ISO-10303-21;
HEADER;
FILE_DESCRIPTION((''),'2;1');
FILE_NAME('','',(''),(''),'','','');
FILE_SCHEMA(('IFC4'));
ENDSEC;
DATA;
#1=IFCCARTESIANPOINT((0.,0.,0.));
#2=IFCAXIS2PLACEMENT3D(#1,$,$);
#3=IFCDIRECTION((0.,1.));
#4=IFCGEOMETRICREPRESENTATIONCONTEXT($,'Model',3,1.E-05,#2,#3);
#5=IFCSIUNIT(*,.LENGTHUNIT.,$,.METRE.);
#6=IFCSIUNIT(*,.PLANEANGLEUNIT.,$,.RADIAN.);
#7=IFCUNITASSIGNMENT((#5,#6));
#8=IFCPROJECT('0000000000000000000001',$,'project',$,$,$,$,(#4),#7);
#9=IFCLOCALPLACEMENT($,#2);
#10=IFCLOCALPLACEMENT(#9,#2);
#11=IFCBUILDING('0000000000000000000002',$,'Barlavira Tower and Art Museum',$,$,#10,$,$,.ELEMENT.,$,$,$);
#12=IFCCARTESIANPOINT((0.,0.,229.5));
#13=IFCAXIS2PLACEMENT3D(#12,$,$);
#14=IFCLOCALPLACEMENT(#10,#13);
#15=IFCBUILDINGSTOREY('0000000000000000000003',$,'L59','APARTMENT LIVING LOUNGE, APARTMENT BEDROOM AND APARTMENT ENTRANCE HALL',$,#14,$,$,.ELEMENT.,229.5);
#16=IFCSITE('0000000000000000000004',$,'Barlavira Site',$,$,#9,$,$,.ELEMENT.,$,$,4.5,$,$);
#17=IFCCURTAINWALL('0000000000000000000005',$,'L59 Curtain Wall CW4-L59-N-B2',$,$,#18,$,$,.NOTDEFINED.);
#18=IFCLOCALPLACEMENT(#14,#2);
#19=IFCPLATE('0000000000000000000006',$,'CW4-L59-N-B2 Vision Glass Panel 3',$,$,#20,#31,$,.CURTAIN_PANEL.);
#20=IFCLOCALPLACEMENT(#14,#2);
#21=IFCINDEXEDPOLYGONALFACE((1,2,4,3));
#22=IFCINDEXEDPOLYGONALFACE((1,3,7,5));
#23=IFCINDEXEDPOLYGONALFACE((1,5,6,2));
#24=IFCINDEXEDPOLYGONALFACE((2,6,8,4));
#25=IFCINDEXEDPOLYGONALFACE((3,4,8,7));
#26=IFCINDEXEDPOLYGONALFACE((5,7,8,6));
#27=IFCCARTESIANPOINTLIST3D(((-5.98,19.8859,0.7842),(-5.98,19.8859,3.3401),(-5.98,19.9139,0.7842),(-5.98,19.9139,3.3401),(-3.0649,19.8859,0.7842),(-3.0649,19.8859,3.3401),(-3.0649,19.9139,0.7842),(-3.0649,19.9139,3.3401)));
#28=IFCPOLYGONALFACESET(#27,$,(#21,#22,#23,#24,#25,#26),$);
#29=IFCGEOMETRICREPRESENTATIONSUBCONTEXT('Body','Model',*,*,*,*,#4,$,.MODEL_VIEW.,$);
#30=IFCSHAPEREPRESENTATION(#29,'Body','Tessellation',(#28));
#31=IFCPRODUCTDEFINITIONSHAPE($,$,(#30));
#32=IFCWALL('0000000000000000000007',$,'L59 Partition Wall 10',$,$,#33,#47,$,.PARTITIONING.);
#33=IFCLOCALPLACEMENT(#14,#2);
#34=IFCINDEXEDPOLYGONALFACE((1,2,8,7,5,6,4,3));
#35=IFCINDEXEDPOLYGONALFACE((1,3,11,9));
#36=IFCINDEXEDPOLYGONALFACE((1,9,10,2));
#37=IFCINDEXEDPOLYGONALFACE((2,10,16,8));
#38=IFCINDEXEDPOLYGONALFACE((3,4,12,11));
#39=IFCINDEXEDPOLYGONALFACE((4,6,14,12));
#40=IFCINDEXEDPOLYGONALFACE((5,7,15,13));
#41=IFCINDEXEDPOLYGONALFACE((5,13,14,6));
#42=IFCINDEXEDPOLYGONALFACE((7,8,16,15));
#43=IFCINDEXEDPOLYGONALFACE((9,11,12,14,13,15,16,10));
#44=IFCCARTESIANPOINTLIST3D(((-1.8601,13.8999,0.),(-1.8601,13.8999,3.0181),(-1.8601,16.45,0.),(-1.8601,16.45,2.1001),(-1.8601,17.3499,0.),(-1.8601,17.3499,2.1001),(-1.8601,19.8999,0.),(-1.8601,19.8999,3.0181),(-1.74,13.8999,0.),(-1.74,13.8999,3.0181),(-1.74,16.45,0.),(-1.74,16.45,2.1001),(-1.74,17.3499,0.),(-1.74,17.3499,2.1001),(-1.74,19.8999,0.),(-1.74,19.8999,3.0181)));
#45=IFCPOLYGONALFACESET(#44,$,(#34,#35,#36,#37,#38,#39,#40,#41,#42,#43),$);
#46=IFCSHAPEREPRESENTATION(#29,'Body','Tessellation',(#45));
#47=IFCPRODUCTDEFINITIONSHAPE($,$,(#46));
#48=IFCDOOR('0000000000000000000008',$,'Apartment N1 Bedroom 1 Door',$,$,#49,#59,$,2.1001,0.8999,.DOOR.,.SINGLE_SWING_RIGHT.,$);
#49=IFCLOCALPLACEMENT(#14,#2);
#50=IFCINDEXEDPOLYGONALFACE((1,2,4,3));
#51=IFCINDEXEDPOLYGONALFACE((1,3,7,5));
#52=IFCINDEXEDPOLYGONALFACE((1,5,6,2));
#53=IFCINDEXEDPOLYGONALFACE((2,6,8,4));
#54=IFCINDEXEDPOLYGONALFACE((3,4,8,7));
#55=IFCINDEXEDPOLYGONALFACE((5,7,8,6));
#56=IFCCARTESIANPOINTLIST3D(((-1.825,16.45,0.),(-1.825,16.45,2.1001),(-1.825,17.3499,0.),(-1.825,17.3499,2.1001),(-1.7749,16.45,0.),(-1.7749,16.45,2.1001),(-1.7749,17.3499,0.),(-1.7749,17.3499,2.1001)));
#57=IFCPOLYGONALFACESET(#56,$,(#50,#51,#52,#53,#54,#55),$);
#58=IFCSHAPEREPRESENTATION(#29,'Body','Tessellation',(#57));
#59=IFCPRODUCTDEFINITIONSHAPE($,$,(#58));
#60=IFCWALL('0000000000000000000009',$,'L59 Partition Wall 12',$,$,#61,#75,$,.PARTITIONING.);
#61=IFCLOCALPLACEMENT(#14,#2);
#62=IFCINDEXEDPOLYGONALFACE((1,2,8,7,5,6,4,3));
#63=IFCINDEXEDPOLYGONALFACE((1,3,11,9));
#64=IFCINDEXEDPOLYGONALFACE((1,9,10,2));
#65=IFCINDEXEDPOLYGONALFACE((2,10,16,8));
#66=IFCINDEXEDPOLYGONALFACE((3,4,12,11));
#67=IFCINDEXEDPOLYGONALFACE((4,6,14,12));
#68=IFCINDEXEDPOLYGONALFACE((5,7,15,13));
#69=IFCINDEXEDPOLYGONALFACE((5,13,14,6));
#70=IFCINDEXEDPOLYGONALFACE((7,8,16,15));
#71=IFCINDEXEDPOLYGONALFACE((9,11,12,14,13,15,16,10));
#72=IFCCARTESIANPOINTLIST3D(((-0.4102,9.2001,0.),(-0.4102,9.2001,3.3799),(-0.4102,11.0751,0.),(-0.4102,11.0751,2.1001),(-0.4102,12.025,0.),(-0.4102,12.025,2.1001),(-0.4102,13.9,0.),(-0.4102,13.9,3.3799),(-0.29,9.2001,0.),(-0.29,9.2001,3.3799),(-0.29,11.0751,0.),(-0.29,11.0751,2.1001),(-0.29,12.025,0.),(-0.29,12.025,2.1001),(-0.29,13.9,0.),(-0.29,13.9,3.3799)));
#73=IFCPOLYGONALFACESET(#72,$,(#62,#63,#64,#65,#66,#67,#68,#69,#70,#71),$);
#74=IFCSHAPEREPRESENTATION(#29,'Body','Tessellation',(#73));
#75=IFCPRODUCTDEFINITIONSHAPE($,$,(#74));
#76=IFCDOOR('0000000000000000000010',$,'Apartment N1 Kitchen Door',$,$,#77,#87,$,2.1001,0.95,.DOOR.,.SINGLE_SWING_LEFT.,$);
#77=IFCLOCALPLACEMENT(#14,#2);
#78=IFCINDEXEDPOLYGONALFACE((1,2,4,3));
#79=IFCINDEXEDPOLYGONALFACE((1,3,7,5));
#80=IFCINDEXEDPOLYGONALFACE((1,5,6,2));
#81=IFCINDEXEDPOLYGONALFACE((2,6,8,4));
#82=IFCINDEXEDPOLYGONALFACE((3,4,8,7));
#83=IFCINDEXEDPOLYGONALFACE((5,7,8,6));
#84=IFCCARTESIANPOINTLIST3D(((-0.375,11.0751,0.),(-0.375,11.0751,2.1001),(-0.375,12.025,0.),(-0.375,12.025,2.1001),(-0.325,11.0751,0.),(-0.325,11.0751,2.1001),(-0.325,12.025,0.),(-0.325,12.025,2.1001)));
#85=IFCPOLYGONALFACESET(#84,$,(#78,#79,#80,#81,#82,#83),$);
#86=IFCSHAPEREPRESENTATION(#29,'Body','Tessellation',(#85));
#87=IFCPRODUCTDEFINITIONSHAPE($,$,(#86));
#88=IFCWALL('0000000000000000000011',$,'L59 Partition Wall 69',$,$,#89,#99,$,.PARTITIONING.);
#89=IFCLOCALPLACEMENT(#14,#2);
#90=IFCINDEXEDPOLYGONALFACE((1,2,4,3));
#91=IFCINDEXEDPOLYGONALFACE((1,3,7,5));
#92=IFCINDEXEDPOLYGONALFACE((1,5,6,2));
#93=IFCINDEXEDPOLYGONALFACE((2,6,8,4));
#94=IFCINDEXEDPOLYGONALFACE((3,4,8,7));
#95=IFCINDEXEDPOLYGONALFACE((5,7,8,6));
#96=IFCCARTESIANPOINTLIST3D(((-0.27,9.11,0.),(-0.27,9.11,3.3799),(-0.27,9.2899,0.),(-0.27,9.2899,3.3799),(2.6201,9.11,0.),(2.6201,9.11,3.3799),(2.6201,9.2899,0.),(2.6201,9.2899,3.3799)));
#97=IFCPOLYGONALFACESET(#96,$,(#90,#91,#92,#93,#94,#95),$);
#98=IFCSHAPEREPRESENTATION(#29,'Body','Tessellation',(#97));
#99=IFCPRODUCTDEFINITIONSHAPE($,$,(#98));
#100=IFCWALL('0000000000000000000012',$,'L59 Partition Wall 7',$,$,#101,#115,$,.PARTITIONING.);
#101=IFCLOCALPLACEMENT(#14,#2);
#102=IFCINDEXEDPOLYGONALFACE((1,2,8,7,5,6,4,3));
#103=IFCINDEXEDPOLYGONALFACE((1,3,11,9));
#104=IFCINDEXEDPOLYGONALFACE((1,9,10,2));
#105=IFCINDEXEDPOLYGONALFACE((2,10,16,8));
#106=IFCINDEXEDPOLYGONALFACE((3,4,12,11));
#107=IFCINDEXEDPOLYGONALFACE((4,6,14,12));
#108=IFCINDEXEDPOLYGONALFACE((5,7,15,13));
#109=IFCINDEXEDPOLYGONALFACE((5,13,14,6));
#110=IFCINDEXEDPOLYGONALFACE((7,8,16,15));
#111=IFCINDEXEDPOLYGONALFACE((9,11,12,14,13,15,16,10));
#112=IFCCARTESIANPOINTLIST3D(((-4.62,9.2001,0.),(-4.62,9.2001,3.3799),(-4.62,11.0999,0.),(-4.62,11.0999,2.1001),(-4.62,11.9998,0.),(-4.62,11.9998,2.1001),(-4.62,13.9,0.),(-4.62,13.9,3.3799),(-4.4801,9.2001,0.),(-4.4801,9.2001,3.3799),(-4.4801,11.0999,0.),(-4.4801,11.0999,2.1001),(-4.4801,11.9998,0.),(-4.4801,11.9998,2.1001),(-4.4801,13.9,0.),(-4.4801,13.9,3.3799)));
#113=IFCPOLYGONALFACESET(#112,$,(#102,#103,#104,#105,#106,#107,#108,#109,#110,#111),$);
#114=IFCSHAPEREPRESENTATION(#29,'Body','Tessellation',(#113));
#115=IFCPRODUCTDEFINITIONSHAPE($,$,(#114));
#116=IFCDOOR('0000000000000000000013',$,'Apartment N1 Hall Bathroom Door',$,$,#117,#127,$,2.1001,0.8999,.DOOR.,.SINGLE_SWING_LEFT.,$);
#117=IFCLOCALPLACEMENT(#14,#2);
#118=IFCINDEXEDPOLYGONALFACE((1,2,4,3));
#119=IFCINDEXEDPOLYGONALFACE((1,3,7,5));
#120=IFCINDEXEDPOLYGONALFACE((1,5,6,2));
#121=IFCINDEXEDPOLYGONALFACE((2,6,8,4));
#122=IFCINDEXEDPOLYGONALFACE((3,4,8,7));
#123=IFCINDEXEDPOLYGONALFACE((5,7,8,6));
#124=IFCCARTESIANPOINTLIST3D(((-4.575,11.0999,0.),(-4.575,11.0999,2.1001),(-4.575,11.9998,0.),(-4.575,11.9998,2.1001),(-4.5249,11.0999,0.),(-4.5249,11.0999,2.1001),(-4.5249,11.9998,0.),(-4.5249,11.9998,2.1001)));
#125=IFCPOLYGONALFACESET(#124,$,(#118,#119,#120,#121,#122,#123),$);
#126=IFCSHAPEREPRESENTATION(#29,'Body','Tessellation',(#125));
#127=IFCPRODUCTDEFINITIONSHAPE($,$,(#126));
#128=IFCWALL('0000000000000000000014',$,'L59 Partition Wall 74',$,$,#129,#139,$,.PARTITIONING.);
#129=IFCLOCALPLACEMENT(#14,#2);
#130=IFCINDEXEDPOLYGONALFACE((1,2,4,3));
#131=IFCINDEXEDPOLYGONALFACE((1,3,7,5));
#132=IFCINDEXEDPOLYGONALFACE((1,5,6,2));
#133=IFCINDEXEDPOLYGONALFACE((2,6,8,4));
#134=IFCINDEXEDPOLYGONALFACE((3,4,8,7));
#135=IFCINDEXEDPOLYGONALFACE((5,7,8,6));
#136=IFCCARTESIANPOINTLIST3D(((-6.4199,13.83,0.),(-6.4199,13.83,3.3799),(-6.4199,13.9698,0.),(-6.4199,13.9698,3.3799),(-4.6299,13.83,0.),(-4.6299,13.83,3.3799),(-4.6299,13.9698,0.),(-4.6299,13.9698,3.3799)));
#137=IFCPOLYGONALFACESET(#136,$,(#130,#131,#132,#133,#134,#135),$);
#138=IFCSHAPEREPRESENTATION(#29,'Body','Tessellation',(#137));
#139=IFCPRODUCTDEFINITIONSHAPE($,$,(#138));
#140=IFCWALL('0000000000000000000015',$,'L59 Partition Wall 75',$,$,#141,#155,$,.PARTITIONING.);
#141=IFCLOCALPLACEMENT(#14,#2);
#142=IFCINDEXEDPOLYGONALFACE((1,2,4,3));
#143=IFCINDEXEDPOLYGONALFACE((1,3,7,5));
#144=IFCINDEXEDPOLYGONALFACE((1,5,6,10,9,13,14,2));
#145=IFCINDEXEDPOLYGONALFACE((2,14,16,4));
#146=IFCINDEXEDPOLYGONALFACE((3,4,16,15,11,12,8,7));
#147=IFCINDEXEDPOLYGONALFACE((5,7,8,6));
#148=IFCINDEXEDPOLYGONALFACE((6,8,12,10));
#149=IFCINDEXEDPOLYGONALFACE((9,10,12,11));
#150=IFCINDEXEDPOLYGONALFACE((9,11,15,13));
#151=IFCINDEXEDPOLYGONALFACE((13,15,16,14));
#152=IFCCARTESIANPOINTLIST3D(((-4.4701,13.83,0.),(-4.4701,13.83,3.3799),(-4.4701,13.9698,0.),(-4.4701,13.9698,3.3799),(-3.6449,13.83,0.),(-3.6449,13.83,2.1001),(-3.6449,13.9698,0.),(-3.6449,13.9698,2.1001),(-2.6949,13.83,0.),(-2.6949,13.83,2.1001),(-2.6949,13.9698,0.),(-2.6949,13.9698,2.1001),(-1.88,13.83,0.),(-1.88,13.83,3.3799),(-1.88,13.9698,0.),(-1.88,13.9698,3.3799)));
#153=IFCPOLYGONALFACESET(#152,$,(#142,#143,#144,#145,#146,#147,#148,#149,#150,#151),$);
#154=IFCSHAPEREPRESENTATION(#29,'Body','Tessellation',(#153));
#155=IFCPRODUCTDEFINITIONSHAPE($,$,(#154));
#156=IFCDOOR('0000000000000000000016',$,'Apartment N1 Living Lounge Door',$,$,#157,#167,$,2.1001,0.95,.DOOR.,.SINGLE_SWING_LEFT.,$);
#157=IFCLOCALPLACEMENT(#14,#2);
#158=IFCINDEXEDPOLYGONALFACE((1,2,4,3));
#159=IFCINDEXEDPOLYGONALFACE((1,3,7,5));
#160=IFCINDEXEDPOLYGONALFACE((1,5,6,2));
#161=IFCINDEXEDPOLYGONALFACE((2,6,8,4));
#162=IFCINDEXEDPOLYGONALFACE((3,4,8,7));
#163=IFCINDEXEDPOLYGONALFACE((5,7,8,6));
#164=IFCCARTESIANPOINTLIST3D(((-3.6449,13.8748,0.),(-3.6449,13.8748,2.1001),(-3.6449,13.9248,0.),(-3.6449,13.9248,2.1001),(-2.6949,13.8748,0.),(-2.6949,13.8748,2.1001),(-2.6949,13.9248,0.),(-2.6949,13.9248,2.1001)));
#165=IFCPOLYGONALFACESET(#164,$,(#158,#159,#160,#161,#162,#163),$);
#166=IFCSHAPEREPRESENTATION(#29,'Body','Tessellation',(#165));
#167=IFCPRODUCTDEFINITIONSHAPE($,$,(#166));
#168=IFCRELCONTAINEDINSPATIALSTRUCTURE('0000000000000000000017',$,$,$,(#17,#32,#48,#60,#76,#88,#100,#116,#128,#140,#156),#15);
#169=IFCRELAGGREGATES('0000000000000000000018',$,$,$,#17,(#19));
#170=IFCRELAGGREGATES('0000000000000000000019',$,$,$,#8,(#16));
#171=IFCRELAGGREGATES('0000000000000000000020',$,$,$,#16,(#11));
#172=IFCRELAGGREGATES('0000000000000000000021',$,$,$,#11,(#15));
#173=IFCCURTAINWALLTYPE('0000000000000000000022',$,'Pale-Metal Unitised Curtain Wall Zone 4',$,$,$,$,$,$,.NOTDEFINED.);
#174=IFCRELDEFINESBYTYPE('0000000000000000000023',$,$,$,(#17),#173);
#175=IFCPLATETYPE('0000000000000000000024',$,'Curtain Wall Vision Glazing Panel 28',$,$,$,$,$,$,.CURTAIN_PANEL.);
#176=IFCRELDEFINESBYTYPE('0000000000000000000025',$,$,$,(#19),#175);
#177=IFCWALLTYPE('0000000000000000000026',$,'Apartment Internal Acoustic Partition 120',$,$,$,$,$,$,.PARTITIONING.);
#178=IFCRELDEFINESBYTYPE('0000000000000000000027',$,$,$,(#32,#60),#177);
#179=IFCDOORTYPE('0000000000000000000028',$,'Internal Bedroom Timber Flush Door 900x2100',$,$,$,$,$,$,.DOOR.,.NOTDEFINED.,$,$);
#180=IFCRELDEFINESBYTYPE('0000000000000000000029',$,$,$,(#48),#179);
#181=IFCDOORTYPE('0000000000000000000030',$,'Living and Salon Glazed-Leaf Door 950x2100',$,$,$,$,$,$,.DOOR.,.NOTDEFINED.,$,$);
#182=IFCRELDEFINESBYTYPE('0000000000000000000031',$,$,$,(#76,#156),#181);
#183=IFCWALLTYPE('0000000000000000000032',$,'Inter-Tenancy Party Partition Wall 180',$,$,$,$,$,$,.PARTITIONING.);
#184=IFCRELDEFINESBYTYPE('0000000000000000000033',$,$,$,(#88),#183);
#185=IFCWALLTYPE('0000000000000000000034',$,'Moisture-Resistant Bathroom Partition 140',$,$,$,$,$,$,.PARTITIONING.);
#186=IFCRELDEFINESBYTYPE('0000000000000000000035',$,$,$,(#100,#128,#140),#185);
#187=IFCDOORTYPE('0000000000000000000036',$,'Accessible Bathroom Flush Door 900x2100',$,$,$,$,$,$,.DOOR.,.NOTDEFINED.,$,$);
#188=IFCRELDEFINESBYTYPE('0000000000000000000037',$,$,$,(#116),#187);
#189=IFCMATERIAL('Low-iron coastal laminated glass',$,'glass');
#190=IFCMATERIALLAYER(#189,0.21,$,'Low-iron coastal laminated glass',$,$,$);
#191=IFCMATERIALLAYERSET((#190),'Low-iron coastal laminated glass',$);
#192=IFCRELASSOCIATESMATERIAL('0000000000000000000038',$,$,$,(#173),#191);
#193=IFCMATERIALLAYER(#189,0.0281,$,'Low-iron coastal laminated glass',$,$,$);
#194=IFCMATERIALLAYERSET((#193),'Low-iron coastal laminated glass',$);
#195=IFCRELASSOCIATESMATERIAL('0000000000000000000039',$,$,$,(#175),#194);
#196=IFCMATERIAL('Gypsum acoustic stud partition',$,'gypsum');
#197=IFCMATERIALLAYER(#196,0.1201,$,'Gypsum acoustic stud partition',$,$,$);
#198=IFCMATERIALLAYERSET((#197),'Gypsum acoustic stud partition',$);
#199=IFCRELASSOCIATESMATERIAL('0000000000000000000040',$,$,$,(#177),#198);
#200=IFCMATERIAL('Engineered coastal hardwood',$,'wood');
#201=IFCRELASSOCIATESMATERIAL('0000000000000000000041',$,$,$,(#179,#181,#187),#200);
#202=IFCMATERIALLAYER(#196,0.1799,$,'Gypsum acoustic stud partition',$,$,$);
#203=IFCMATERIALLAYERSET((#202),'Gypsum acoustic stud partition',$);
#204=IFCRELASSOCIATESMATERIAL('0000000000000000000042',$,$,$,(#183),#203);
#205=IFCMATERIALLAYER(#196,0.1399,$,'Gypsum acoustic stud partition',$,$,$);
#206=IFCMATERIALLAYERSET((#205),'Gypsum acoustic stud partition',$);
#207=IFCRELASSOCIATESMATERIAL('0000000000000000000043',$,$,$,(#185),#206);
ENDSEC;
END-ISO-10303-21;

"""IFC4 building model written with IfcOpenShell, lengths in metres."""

from ifc_helpers import new_model, si_unit, direction, frame, frame_2d, origin, origin_2d, place, context, subcontext, project, spatial, rectangle, extrude, material, layer, layer_set, type_object, element, fill, aggregate, save


model = new_model("IFC4")

# Units and contexts
model_context = context("Model", 3, precision=1e-05, world=origin(), true_north=direction((0.0, 1.0)))
body_context = subcontext(model_context, "Body", "Model", "MODEL_VIEW")
ifc_project = project(units=[si_unit("LENGTHUNIT", "METRE"), si_unit("PLANEANGLEUNIT", "RADIAN")], contexts=[model_context])

# Site, building, storey
site_placement = place(None, origin())
site = spatial("IfcSite", under=ifc_project, at=site_placement, Name="Barlavira Site", CompositionType="ELEMENT", RefElevation=4.5)
building_placement = place(site_placement, origin())
building = spatial("IfcBuilding", under=site, at=building_placement, Name="Barlavira Tower and Art Museum", CompositionType="ELEMENT")
storey_placement = place(building_placement, frame((0.0, 0.0, 229.5)))
storey = spatial("IfcBuildingStorey", under=building, at=storey_placement, Name="L59", Description="APARTMENT LIVING LOUNGE, APARTMENT BEDROOM AND APARTMENT ENTRANCE HALL", CompositionType="ELEMENT", Elevation=229.5)

# Curtain wall, plate
ifc_material_1 = material(Name="Low-iron coastal laminated glass", Category="glass")
ifc_layer_1 = layer(ifc_material_1, 0.21, Name="Low-iron coastal laminated glass")
ifc_layer_set_1 = layer_set([ifc_layer_1], Name="Low-iron coastal laminated glass")
curtain_wall_type = type_object("IfcCurtainWallType", Name="Pale-Metal Unitised Curtain Wall Zone 4", PredefinedType="NOTDEFINED", material=ifc_layer_set_1)
curtain_wall_placement = place(storey_placement, origin())
curtain_wall = element("IfcCurtainWall", 1, at=curtain_wall_placement, inside=storey, type_object=curtain_wall_type, Name="L59 Curtain Wall CW4-L59-N-B2", PredefinedType="NOTDEFINED")
ifc_layer_2 = layer(ifc_material_1, 0.0281, Name="Low-iron coastal laminated glass")
ifc_layer_set_2 = layer_set([ifc_layer_2], Name="Low-iron coastal laminated glass")
plate_type_1 = type_object("IfcPlateType", Name="Curtain Wall Vision Glazing Panel 28", PredefinedType="CURTAIN_PANEL", material=ifc_layer_set_2)
plate_1_placement = place(storey_placement, frame((-4.5225, 19.8999, 0.7842), z_axis=(0.0, 0.0, 1.0), x_axis=(-1.0, 0.0, 0.0)))
plate_1 = element("IfcPlate", 2, at=plate_1_placement, type_object=plate_type_1, Name="CW4-L59-N-B2 Vision Glass Panel 3", PredefinedType="CURTAIN_PANEL", context=body_context, shape_type="SweptSolid", body=[
    extrude(rectangle(XDim=2.915, YDim=0.0281, at=origin_2d()), origin(), (0.0, 0.0, 1.0), 2.5559),
])
aggregate(curtain_wall, [plate_1])

# Walls, openings, doors
ifc_material_2 = material(Name="Gypsum acoustic stud partition", Category="gypsum")
ifc_layer_3 = layer(ifc_material_2, 0.1201, Name="Gypsum acoustic stud partition")
ifc_layer_set_3 = layer_set([ifc_layer_3], Name="Gypsum acoustic stud partition")
wall_type_1 = type_object("IfcWallType", Name="Apartment Internal Acoustic Partition 120", PredefinedType="PARTITIONING", material=ifc_layer_set_3)
wall_1_placement = place(storey_placement, frame((-1.8, 13.8999, 0.0), z_axis=(0.0, 0.0, 1.0), x_axis=(0.0, 1.0, 0.0)))
wall_1 = element("IfcWall", 3, at=wall_1_placement, inside=storey, type_object=wall_type_1, Name="L59 Partition Wall 10", PredefinedType="PARTITIONING", context=body_context, shape_type="SweptSolid", body=[
    extrude(rectangle(XDim=6.0, YDim=0.1201, at=frame_2d((3.0, 0.0))), origin(), (0.0, 0.0, 1.0), 3.0181),
])
opening_1_placement = place(wall_1_placement, frame((2.55, 0.0, 0.0)))
opening_1 = element("IfcOpeningElement", 4, at=opening_1_placement, cuts=wall_1, PredefinedType="OPENING", context=body_context, shape_type="SweptSolid", body=[
    extrude(rectangle(XDim=0.8999, YDim=2.1001, at=frame_2d((0.45, 1.05))), frame((0.0, 0.0701, 0.0), z_axis=(0.0, -1.0, 0.0), x_axis=(1.0, 0.0, 0.0)), (0.0, 0.0, 1.0), 0.1401),
])
ifc_material_3 = material(Name="Engineered coastal hardwood", Category="wood")
door_type_1 = type_object("IfcDoorType", Name="Internal Bedroom Timber Flush Door 900x2100", OperationType="NOTDEFINED", PredefinedType="DOOR", material=ifc_material_3)
door_1_placement = place(opening_1_placement, origin())
door_1 = element("IfcDoor", 5, at=door_1_placement, inside=storey, type_object=door_type_1, Name="Apartment N1 Bedroom 1 Door", OperationType="SINGLE_SWING_RIGHT", OverallHeight=2.1001, OverallWidth=0.8999, PredefinedType="DOOR", context=body_context, shape_type="SweptSolid", body=[
    extrude(rectangle(XDim=0.8999, YDim=2.1001, at=frame_2d((0.45, 1.05))), frame((0.0, 0.0249, 0.0), z_axis=(0.0, -1.0, 0.0), x_axis=(1.0, 0.0, 0.0)), (0.0, 0.0, 1.0), 0.05),
])
fill(opening_1, door_1)
wall_2_placement = place(storey_placement, frame((-0.3501, 9.2, 0.0), z_axis=(0.0, 0.0, 1.0), x_axis=(0.0, 1.0, 0.0)))
wall_2 = element("IfcWall", 6, at=wall_2_placement, inside=storey, type_object=wall_type_1, Name="L59 Partition Wall 12", PredefinedType="PARTITIONING", context=body_context, shape_type="SweptSolid", body=[
    extrude(rectangle(XDim=4.7, YDim=0.1201, at=frame_2d((2.3501, 0.0))), origin(), (0.0, 0.0, 1.0), 3.3799),
])
opening_2_placement = place(wall_2_placement, frame((1.875, 0.0, 0.0)))
opening_2 = element("IfcOpeningElement", 7, at=opening_2_placement, cuts=wall_2, PredefinedType="OPENING", context=body_context, shape_type="SweptSolid", body=[
    extrude(rectangle(XDim=0.95, YDim=2.1001, at=frame_2d((0.4751, 1.05))), frame((0.0, 0.0701, 0.0), z_axis=(0.0, -1.0, 0.0), x_axis=(1.0, 0.0, 0.0)), (0.0, 0.0, 1.0), 0.1401),
])
door_type_2 = type_object("IfcDoorType", Name="Living and Salon Glazed-Leaf Door 950x2100", OperationType="NOTDEFINED", PredefinedType="DOOR", material=ifc_material_3)
door_2_placement = place(opening_2_placement, origin())
door_2 = element("IfcDoor", 8, at=door_2_placement, inside=storey, type_object=door_type_2, Name="Apartment N1 Kitchen Door", OperationType="SINGLE_SWING_LEFT", OverallHeight=2.1001, OverallWidth=0.95, PredefinedType="DOOR", context=body_context, shape_type="SweptSolid", body=[
    extrude(rectangle(XDim=0.95, YDim=2.1001, at=frame_2d((0.4751, 1.05))), frame((0.0, 0.0249, 0.0), z_axis=(0.0, -1.0, 0.0), x_axis=(1.0, 0.0, 0.0)), (0.0, 0.0, 1.0), 0.05),
])
fill(opening_2, door_2)
ifc_layer_4 = layer(ifc_material_2, 0.1799, Name="Gypsum acoustic stud partition")
ifc_layer_set_4 = layer_set([ifc_layer_4], Name="Gypsum acoustic stud partition")
wall_type_2 = type_object("IfcWallType", Name="Inter-Tenancy Party Partition Wall 180", PredefinedType="PARTITIONING", material=ifc_layer_set_4)

# Wall
wall_3_placement = place(storey_placement, frame((-0.27, 9.2, 0.0), z_axis=(0.0, 0.0, 1.0), x_axis=(1.0, 0.0, 0.0)))
element("IfcWall", 9, at=wall_3_placement, inside=storey, type_object=wall_type_2, Name="L59 Partition Wall 69", PredefinedType="PARTITIONING", context=body_context, shape_type="SweptSolid", body=[
    extrude(rectangle(XDim=2.8901, YDim=0.1799, at=frame_2d((1.4451, 0.0))), origin(), (0.0, 0.0, 1.0), 3.3799),
])

# Wall, opening, door
ifc_layer_5 = layer(ifc_material_2, 0.1399, Name="Gypsum acoustic stud partition")
ifc_layer_set_5 = layer_set([ifc_layer_5], Name="Gypsum acoustic stud partition")
wall_type_3 = type_object("IfcWallType", Name="Moisture-Resistant Bathroom Partition 140", PredefinedType="PARTITIONING", material=ifc_layer_set_5)
wall_4_placement = place(storey_placement, frame((-4.55, 9.2, 0.0), z_axis=(0.0, 0.0, 1.0), x_axis=(0.0, 1.0, 0.0)))
wall_4 = element("IfcWall", 10, at=wall_4_placement, inside=storey, type_object=wall_type_3, Name="L59 Partition Wall 7", PredefinedType="PARTITIONING", context=body_context, shape_type="SweptSolid", body=[
    extrude(rectangle(XDim=4.7, YDim=0.1399, at=frame_2d((2.3501, 0.0))), origin(), (0.0, 0.0, 1.0), 3.3799),
])
opening_3_placement = place(wall_4_placement, frame((1.8999, 0.0, 0.0)))
opening_3 = element("IfcOpeningElement", 11, at=opening_3_placement, cuts=wall_4, PredefinedType="OPENING", context=body_context, shape_type="SweptSolid", body=[
    extrude(rectangle(XDim=0.8999, YDim=2.1001, at=frame_2d((0.45, 1.05))), frame((0.0, 0.0801, 0.0), z_axis=(0.0, -1.0, 0.0), x_axis=(1.0, 0.0, 0.0)), (0.0, 0.0, 1.0), 0.1599),
])
door_type_3 = type_object("IfcDoorType", Name="Accessible Bathroom Flush Door 900x2100", OperationType="NOTDEFINED", PredefinedType="DOOR", material=ifc_material_3)
door_3_placement = place(opening_3_placement, origin())
door_3 = element("IfcDoor", 12, at=door_3_placement, inside=storey, type_object=door_type_3, Name="Apartment N1 Hall Bathroom Door", OperationType="SINGLE_SWING_LEFT", OverallHeight=2.1001, OverallWidth=0.8999, PredefinedType="DOOR", context=body_context, shape_type="SweptSolid", body=[
    extrude(rectangle(XDim=0.8999, YDim=2.1001, at=frame_2d((0.45, 1.05))), frame((0.0, 0.0249, 0.0), z_axis=(0.0, -1.0, 0.0), x_axis=(1.0, 0.0, 0.0)), (0.0, 0.0, 1.0), 0.05),
])
fill(opening_3, door_3)

# Wall
wall_5_placement = place(storey_placement, frame((-6.4199, 13.8999, 0.0), z_axis=(0.0, 0.0, 1.0), x_axis=(1.0, 0.0, 0.0)))
element("IfcWall", 13, at=wall_5_placement, inside=storey, type_object=wall_type_3, Name="L59 Partition Wall 74", PredefinedType="PARTITIONING", context=body_context, shape_type="SweptSolid", body=[
    extrude(rectangle(XDim=1.79, YDim=0.1399, at=frame_2d((0.895, 0.0))), origin(), (0.0, 0.0, 1.0), 3.3799),
])

# Wall, opening, door
wall_6_placement = place(storey_placement, frame((-4.47, 13.8999, 0.0), z_axis=(0.0, 0.0, 1.0), x_axis=(1.0, 0.0, 0.0)))
wall_6 = element("IfcWall", 14, at=wall_6_placement, inside=storey, type_object=wall_type_3, Name="L59 Partition Wall 75", PredefinedType="PARTITIONING", context=body_context, shape_type="SweptSolid", body=[
    extrude(rectangle(XDim=2.5901, YDim=0.1399, at=frame_2d((1.2949, 0.0))), origin(), (0.0, 0.0, 1.0), 3.3799),
])
opening_4_placement = place(wall_6_placement, frame((0.825, 0.0, 0.0)))
opening_4 = element("IfcOpeningElement", 15, at=opening_4_placement, cuts=wall_6, PredefinedType="OPENING", context=body_context, shape_type="SweptSolid", body=[
    extrude(rectangle(XDim=0.95, YDim=2.1001, at=frame_2d((0.4751, 1.05))), frame((0.0, 0.0801, 0.0), z_axis=(0.0, -1.0, 0.0), x_axis=(1.0, 0.0, 0.0)), (0.0, 0.0, 1.0), 0.1599),
])
door_4_placement = place(opening_4_placement, origin())
door_4 = element("IfcDoor", 16, at=door_4_placement, inside=storey, type_object=door_type_2, Name="Apartment N1 Living Lounge Door", OperationType="SINGLE_SWING_LEFT", OverallHeight=2.1001, OverallWidth=0.95, PredefinedType="DOOR", context=body_context, shape_type="SweptSolid", body=[
    extrude(rectangle(XDim=0.95, YDim=2.1001, at=frame_2d((0.4751, 1.05))), frame((0.0, 0.0249, 0.0), z_axis=(0.0, -1.0, 0.0), x_axis=(1.0, 0.0, 0.0)), (0.0, 0.0, 1.0), 0.05),
])
fill(opening_4, door_4)

save(model, "model.ifc")
